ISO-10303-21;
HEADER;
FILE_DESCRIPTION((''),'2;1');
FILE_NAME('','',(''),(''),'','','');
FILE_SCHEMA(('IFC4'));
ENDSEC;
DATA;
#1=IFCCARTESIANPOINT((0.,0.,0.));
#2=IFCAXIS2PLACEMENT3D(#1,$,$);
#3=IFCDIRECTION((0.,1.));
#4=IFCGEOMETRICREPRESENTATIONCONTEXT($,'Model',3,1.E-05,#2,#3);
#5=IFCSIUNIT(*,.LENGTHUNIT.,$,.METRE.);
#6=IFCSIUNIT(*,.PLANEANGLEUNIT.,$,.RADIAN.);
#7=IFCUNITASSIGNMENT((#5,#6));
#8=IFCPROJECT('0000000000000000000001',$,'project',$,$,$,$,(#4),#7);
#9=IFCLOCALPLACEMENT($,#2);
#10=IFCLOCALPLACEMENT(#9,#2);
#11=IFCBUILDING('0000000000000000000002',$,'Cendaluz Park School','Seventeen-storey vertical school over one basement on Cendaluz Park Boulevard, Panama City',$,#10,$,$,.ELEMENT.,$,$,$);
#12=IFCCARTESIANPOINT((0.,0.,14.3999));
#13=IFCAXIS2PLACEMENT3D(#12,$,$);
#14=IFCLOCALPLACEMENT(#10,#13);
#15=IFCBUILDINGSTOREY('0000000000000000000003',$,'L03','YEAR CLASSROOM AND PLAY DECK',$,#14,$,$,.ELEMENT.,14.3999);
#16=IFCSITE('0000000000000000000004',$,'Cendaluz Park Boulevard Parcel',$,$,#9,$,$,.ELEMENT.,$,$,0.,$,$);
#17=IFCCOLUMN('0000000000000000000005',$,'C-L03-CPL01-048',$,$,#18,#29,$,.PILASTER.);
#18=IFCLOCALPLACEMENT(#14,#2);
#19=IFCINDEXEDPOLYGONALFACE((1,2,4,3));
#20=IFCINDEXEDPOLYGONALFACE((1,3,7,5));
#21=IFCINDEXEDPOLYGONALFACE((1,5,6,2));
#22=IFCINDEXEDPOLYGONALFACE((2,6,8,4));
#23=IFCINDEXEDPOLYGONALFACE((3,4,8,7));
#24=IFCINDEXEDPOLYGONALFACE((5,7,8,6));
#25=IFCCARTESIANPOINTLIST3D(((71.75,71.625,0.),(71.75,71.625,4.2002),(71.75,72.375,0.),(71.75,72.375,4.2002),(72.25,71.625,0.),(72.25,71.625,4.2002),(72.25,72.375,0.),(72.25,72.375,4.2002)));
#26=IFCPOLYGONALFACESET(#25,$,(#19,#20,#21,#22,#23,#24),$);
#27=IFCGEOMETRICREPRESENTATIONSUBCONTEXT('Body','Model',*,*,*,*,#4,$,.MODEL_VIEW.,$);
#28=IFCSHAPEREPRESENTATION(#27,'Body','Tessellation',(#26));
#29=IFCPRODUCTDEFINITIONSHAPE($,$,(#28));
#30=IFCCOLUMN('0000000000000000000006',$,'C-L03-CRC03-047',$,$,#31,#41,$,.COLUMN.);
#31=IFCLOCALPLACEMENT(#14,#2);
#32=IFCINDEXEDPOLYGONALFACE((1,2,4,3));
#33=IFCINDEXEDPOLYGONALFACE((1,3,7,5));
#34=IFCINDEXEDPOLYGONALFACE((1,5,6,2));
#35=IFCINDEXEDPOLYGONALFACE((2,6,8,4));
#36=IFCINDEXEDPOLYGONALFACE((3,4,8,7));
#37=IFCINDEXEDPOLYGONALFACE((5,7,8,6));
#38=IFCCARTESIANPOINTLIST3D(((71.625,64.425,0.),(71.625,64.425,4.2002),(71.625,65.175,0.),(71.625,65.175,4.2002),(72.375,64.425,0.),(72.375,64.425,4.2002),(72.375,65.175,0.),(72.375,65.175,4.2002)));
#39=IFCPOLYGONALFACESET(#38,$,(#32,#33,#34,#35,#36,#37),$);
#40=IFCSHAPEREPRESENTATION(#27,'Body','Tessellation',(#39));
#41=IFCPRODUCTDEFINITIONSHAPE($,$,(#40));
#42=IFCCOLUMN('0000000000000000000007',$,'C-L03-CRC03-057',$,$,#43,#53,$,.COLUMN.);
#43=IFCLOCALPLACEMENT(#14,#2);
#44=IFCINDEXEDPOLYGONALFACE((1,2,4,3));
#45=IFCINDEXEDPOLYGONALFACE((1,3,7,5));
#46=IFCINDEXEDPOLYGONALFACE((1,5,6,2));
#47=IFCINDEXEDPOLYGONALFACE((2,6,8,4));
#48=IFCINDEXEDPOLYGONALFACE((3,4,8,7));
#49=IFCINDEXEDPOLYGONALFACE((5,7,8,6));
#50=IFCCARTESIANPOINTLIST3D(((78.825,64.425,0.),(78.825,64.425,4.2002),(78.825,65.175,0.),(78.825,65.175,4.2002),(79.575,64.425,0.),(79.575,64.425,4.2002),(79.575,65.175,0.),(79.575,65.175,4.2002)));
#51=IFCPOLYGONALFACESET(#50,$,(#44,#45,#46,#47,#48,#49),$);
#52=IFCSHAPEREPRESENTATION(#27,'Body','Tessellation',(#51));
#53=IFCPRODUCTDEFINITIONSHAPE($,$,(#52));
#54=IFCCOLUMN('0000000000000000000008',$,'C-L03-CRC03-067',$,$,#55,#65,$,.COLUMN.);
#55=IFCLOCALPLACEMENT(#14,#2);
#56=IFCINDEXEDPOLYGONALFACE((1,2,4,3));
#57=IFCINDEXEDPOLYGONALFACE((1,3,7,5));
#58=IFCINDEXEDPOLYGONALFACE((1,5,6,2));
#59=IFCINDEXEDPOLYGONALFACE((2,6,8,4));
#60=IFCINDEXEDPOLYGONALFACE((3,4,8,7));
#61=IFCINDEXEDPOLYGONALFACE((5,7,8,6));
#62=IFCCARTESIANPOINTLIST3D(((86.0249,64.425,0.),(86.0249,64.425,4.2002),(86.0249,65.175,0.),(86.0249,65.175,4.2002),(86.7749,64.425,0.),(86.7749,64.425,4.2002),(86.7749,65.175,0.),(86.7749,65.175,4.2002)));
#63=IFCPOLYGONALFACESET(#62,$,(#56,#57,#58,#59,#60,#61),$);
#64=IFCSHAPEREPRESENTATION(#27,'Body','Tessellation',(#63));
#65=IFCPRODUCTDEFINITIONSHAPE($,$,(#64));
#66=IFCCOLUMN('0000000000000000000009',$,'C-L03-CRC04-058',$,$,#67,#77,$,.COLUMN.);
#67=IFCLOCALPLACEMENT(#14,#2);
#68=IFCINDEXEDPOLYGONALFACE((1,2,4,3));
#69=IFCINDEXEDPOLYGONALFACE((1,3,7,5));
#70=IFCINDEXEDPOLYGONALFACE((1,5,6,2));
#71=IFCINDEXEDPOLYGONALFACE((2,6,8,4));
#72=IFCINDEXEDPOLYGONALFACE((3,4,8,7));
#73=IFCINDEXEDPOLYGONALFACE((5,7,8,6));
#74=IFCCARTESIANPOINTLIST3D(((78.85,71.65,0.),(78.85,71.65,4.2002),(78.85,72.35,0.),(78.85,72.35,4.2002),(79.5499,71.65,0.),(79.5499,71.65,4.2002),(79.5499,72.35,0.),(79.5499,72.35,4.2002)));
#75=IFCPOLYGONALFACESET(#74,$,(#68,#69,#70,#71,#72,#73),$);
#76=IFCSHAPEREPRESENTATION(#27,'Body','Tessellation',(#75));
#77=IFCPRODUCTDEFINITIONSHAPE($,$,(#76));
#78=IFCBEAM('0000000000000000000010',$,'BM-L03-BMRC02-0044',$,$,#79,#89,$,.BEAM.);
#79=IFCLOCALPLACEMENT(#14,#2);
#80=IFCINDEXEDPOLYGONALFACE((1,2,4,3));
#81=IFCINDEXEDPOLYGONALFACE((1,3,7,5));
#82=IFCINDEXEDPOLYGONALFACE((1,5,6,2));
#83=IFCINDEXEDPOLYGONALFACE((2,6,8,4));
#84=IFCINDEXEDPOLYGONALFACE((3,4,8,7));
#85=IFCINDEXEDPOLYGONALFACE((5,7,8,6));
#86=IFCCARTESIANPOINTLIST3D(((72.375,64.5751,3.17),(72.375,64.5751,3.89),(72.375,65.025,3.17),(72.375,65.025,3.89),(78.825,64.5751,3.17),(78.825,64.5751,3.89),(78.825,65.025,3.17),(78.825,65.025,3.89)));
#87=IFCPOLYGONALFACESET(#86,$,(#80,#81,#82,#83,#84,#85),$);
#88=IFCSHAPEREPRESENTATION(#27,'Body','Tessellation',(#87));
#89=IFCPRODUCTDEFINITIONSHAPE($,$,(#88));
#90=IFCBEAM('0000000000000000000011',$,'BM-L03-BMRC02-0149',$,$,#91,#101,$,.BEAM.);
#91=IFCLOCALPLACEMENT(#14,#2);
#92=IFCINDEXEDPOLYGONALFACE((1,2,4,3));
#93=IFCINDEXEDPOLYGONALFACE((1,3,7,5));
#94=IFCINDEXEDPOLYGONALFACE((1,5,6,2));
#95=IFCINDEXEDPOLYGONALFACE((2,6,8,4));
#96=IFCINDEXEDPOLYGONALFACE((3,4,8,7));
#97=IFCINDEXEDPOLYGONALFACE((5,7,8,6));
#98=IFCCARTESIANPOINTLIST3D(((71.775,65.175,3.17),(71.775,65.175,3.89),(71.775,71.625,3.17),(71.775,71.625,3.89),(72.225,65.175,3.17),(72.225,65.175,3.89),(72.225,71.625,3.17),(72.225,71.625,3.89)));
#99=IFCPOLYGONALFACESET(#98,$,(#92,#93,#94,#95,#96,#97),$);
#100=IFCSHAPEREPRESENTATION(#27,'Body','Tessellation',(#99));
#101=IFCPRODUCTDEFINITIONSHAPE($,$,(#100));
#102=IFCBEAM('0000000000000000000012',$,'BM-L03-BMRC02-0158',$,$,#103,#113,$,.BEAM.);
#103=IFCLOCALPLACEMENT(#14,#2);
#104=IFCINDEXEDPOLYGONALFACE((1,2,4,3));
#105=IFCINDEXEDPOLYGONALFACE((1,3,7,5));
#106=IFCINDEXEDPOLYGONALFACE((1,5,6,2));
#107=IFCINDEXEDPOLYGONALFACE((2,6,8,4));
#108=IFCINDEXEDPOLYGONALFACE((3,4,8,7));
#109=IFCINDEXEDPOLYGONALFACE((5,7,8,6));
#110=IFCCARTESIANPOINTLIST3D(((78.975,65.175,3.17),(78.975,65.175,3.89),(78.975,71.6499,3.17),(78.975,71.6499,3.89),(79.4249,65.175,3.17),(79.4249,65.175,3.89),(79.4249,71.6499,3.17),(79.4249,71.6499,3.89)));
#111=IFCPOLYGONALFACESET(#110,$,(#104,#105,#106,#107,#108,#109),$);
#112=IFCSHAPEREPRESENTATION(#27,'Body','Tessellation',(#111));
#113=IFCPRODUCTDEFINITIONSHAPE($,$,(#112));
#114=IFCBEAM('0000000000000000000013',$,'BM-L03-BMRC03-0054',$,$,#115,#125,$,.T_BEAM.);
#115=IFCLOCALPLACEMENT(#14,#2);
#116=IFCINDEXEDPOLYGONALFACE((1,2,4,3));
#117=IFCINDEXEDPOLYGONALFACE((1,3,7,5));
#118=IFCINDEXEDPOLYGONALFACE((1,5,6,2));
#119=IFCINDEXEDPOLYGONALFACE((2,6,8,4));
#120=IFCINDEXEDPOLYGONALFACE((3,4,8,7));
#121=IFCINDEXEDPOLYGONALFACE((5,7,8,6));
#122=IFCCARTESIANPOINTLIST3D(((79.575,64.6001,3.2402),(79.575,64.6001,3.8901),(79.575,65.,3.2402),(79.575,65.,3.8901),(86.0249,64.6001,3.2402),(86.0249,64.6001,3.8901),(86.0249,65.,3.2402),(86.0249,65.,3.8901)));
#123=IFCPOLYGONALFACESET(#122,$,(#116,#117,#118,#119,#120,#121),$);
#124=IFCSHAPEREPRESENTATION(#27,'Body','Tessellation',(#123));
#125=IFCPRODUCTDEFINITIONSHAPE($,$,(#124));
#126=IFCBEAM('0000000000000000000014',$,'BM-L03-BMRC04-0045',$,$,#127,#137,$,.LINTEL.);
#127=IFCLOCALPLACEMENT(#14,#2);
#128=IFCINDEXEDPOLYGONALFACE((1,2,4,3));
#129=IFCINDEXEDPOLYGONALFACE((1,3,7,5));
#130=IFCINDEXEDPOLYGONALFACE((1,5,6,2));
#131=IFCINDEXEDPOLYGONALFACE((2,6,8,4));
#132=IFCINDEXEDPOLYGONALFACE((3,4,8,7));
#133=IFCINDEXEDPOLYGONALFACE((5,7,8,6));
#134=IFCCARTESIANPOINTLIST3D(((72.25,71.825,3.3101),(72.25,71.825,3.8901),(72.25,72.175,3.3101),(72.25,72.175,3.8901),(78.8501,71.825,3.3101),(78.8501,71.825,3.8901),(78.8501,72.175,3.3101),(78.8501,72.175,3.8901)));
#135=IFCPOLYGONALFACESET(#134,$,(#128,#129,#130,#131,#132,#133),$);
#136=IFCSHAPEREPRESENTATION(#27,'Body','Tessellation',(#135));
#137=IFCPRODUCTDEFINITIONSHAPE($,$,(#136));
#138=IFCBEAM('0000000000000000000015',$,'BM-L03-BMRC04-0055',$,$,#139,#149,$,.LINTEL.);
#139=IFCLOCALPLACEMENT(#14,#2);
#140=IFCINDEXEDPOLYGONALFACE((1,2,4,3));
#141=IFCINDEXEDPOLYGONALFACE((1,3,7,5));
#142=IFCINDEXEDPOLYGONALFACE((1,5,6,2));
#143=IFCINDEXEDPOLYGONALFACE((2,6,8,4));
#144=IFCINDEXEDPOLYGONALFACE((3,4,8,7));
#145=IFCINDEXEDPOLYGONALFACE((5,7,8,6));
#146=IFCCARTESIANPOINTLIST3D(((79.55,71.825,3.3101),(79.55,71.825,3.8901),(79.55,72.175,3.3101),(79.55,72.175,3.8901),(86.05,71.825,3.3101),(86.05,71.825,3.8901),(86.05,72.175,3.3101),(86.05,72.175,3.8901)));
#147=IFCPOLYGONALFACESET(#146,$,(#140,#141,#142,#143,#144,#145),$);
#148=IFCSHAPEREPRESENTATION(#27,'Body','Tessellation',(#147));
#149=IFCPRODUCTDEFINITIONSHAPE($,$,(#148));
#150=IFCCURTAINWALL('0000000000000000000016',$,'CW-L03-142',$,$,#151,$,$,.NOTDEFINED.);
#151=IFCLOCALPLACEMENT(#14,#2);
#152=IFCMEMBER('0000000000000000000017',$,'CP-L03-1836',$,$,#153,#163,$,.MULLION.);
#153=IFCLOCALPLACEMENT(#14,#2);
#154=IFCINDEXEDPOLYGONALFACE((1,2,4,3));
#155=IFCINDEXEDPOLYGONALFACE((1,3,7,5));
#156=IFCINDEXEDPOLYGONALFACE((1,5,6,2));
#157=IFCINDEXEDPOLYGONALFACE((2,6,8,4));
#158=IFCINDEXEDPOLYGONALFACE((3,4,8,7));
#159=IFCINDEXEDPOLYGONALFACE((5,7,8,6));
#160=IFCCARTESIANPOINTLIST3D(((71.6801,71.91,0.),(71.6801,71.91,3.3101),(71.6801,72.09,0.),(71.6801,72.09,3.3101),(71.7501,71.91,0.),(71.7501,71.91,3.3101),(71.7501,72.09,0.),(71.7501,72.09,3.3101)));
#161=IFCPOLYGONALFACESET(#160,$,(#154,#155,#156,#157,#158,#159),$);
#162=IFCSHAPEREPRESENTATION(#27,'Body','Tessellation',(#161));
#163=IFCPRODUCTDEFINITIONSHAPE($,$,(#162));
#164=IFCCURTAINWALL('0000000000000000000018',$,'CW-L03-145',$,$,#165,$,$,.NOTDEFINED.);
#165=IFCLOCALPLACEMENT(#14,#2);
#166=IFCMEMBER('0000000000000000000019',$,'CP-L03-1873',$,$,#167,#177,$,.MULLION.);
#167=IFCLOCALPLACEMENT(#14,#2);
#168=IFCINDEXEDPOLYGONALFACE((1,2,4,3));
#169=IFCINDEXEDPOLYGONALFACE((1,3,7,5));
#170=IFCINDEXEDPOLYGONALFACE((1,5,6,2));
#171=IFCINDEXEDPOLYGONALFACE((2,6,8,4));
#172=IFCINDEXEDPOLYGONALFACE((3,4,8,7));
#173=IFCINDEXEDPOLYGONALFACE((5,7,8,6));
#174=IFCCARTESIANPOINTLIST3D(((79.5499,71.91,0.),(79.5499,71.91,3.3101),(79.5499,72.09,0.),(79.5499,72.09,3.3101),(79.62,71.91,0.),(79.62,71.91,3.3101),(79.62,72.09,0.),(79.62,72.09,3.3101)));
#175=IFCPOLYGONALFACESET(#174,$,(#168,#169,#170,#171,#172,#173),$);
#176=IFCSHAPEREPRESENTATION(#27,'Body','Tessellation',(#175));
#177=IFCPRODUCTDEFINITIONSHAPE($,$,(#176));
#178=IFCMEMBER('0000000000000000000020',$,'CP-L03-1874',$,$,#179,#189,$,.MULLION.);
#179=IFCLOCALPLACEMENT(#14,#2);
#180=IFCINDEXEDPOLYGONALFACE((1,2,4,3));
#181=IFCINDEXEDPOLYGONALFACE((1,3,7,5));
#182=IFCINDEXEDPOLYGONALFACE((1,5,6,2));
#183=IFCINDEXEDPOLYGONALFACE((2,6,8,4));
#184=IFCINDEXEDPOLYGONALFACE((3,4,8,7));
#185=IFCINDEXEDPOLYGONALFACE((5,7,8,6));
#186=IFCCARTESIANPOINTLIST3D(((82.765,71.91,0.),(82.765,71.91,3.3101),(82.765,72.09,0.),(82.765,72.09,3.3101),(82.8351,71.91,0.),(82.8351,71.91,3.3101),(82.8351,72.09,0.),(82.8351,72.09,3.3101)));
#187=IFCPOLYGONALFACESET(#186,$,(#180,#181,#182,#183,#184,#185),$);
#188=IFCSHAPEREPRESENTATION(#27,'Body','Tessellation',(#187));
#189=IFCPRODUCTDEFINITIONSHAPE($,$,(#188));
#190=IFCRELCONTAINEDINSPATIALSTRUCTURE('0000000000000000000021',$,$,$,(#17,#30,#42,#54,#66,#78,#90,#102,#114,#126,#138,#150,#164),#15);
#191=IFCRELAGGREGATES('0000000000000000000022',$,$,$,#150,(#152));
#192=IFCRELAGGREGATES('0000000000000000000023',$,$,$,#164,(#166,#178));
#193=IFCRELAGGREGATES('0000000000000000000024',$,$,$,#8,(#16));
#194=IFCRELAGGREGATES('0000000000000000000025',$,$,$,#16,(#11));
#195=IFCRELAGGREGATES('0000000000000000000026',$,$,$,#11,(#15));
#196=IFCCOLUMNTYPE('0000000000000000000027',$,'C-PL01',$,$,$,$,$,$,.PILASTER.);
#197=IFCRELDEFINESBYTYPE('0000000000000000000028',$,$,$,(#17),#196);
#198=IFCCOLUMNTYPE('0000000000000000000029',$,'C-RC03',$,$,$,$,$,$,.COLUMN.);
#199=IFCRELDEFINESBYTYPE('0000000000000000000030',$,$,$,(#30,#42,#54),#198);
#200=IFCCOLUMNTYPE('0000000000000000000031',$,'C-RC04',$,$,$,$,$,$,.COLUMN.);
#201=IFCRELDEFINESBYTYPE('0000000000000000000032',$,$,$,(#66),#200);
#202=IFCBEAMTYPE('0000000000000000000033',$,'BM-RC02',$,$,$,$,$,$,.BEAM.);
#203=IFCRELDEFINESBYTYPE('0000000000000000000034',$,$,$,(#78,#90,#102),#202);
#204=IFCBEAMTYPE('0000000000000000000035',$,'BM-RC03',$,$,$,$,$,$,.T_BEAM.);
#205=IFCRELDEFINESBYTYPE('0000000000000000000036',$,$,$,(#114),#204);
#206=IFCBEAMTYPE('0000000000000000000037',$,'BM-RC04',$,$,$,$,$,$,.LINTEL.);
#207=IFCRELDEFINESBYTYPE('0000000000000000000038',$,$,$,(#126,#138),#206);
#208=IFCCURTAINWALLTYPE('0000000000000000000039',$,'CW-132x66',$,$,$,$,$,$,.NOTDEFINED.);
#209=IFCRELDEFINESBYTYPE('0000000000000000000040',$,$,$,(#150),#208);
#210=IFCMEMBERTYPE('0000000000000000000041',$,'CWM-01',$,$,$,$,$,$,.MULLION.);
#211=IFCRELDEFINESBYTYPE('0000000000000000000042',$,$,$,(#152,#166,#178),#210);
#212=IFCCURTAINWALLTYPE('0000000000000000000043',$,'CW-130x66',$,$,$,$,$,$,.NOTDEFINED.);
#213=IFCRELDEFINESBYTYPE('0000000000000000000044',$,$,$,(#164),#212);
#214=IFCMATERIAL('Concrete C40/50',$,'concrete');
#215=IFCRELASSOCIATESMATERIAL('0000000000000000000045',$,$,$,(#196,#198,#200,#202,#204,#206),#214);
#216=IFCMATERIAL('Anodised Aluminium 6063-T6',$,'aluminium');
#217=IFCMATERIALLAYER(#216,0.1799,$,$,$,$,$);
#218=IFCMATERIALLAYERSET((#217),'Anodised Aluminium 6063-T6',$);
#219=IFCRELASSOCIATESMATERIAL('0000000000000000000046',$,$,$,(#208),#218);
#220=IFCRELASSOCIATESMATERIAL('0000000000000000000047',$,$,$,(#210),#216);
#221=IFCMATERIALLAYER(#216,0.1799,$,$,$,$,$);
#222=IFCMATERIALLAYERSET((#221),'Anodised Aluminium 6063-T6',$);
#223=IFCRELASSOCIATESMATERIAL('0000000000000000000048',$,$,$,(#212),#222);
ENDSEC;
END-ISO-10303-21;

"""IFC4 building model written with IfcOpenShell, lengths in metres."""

from ifc_helpers import new_model, si_unit, direction, frame, origin, origin_2d, place, context, subcontext, project, spatial, rectangle, extrude, material, layer, layer_set, material_profile, profile_set, type_object, element, aggregate, save


model = new_model("IFC4")

# Units and contexts
model_context = context("Model", 3, precision=1e-05, world=origin(), true_north=direction((0.0, 1.0)))
body_context = subcontext(model_context, "Body", "Model", "MODEL_VIEW")
ifc_project = project(units=[si_unit("LENGTHUNIT", "METRE"), si_unit("PLANEANGLEUNIT", "RADIAN")], contexts=[model_context])

# Site, building, storey
site_placement = place(None, origin())
site = spatial("IfcSite", under=ifc_project, at=site_placement, Name="Cendaluz Park Boulevard Parcel", CompositionType="ELEMENT", RefElevation=0.0)
building_placement = place(site_placement, origin())
building = spatial("IfcBuilding", under=site, at=building_placement, Name="Cendaluz Park School", Description="Seventeen-storey vertical school over one basement on Cendaluz Park Boulevard, Panama City", CompositionType="ELEMENT")
storey_placement = place(building_placement, frame((0.0, 0.0, 14.3999)))
storey = spatial("IfcBuildingStorey", under=building, at=storey_placement, Name="L03", Description="YEAR CLASSROOM AND PLAY DECK", CompositionType="ELEMENT", Elevation=14.3999)

# Columns
ifc_material_1 = material(Name="Concrete C40/50", Category="concrete")
ifc_material_profile_1 = material_profile(ifc_material_1, rectangle(XDim=0.5, YDim=0.75, at=origin_2d()), Name="RC 500x750", Category="concrete")
ifc_profile_set_1 = profile_set([ifc_material_profile_1], Name="Concrete C40/50")
column_type_1 = type_object("IfcColumnType", Name="C-PL01", PredefinedType="PILASTER", material=ifc_profile_set_1)
column_1_placement = place(storey_placement, frame((72.0, 72.0, 0.0), z_axis=(0.0, 0.0, 1.0), x_axis=(1.0, 0.0, 0.0)))
element("IfcColumn", 1, at=column_1_placement, inside=storey, type_object=column_type_1, Name="C-L03-CPL01-048", PredefinedType="PILASTER", context=body_context, shape_type="SweptSolid", body=[
    extrude(rectangle(XDim=0.5, YDim=0.75, at=origin_2d()), origin(), (0.0, 0.0, 1.0), 4.2002),
])
ifc_material_profile_2 = material_profile(ifc_material_1, rectangle(XDim=0.75, YDim=0.75, at=origin_2d()), Name="RC 750x750", Category="concrete")
ifc_profile_set_2 = profile_set([ifc_material_profile_2], Name="Concrete C40/50")
column_type_2 = type_object("IfcColumnType", Name="C-RC03", PredefinedType="COLUMN", material=ifc_profile_set_2)
for number, where, z_axis, x_axis, name in (
    (2, (72.0, 64.8, 0.0), (0.0, 0.0, 1.0), (1.0, 0.0, 0.0), "C-L03-CRC03-047"),
    (3, (79.2, 64.8, 0.0), (0.0, 0.0, 1.0), (1.0, 0.0, 0.0), "C-L03-CRC03-057"),
    (4, (86.3999, 64.8, 0.0), (0.0, 0.0, 1.0), (1.0, 0.0, 0.0), "C-L03-CRC03-067"),
):
    element("IfcColumn", number, at=place(storey_placement, frame(where, z_axis=z_axis, x_axis=x_axis)), inside=storey, type_object=column_type_2, Name=name, PredefinedType="COLUMN", context=body_context, shape_type="SweptSolid", body=[
        extrude(rectangle(XDim=0.75, YDim=0.75, at=origin_2d()), origin(), (0.0, 0.0, 1.0), 4.2002),
    ])
ifc_material_profile_3 = material_profile(ifc_material_1, rectangle(XDim=0.7, YDim=0.7, at=origin_2d()), Name="RC 700x700", Category="concrete")
ifc_profile_set_3 = profile_set([ifc_material_profile_3], Name="Concrete C40/50")
column_type_3 = type_object("IfcColumnType", Name="C-RC04", PredefinedType="COLUMN", material=ifc_profile_set_3)
column_2_placement = place(storey_placement, frame((79.2, 72.0, 0.0), z_axis=(0.0, 0.0, 1.0), x_axis=(1.0, 0.0, 0.0)))
element("IfcColumn", 5, at=column_2_placement, inside=storey, type_object=column_type_3, Name="C-L03-CRC04-058", PredefinedType="COLUMN", context=body_context, shape_type="SweptSolid", body=[
    extrude(rectangle(XDim=0.7, YDim=0.7, at=origin_2d()), origin(), (0.0, 0.0, 1.0), 4.2002),
])

# Beams
ifc_material_profile_4 = material_profile(ifc_material_1, rectangle(XDim=0.45, YDim=0.72, at=origin_2d()), Name="RC 450x720", Category="concrete")
ifc_profile_set_4 = profile_set([ifc_material_profile_4], Name="Concrete C40/50")
beam_type_1 = type_object("IfcBeamType", Name="BM-RC02", PredefinedType="BEAM", material=ifc_profile_set_4)
for number, where, z_axis, x_axis, name in (
    (6, (72.375, 64.8, 3.53), (1.0, 0.0, 0.0), (0.0, 1.0, 0.0), "BM-L03-BMRC02-0044"),
    (7, (72.0, 65.175, 3.53), (0.0, 1.0, 0.0), (-1.0, 0.0, 0.0), "BM-L03-BMRC02-0149"),
):
    element("IfcBeam", number, at=place(storey_placement, frame(where, z_axis=z_axis, x_axis=x_axis)), inside=storey, type_object=beam_type_1, Name=name, PredefinedType="BEAM", context=body_context, shape_type="SweptSolid", body=[
        extrude(rectangle(XDim=0.45, YDim=0.72, at=origin_2d()), origin(), (0.0, 0.0, 1.0), 6.45),
    ])
beam_1_placement = place(storey_placement, frame((79.2, 65.175, 3.53), z_axis=(0.0, 1.0, 0.0), x_axis=(-1.0, 0.0, 0.0)))
element("IfcBeam", 8, at=beam_1_placement, inside=storey, type_object=beam_type_1, Name="BM-L03-BMRC02-0158", PredefinedType="BEAM", context=body_context, shape_type="SweptSolid", body=[
    extrude(rectangle(XDim=0.45, YDim=0.72, at=origin_2d()), origin(), (0.0, 0.0, 1.0), 6.4749),
])
ifc_material_profile_5 = material_profile(ifc_material_1, rectangle(XDim=0.3999, YDim=0.6499, at=origin_2d()), Name="RC 400x650", Category="concrete")
ifc_profile_set_5 = profile_set([ifc_material_profile_5], Name="Concrete C40/50")
beam_type_2 = type_object("IfcBeamType", Name="BM-RC03", PredefinedType="T_BEAM", material=ifc_profile_set_5)
beam_2_placement = place(storey_placement, frame((79.575, 64.8, 3.5652), z_axis=(1.0, 0.0, 0.0), x_axis=(0.0, 1.0, 0.0)))
element("IfcBeam", 9, at=beam_2_placement, inside=storey, type_object=beam_type_2, Name="BM-L03-BMRC03-0054", PredefinedType="T_BEAM", context=body_context, shape_type="SweptSolid", body=[
    extrude(rectangle(XDim=0.3999, YDim=0.6499, at=origin_2d()), origin(), (0.0, 0.0, 1.0), 6.45),
])
ifc_material_profile_6 = material_profile(ifc_material_1, rectangle(XDim=0.3501, YDim=0.5801, at=origin_2d()), Name="RC 350x580", Category="concrete")
ifc_profile_set_6 = profile_set([ifc_material_profile_6], Name="Concrete C40/50")
beam_type_3 = type_object("IfcBeamType", Name="BM-RC04", PredefinedType="LINTEL", material=ifc_profile_set_6)
beam_3_placement = place(storey_placement, frame((72.25, 72.0, 3.6001), z_axis=(1.0, 0.0, 0.0), x_axis=(0.0, 1.0, 0.0)))
element("IfcBeam", 10, at=beam_3_placement, inside=storey, type_object=beam_type_3, Name="BM-L03-BMRC04-0045", PredefinedType="LINTEL", context=body_context, shape_type="SweptSolid", body=[
    extrude(rectangle(XDim=0.3501, YDim=0.5801, at=origin_2d()), origin(), (0.0, 0.0, 1.0), 6.6001),
])
beam_4_placement = place(storey_placement, frame((79.55, 72.0, 3.6001), z_axis=(1.0, 0.0, 0.0), x_axis=(0.0, 1.0, 0.0)))
element("IfcBeam", 11, at=beam_4_placement, inside=storey, type_object=beam_type_3, Name="BM-L03-BMRC04-0055", PredefinedType="LINTEL", context=body_context, shape_type="SweptSolid", body=[
    extrude(rectangle(XDim=0.3501, YDim=0.5801, at=origin_2d()), origin(), (0.0, 0.0, 1.0), 6.5),
])

# Curtain wall, member
ifc_material_2 = material(Name="Anodised Aluminium 6063-T6", Category="aluminium")
ifc_layer_1 = layer(ifc_material_2, 0.1799)
ifc_layer_set_1 = layer_set([ifc_layer_1], Name="Anodised Aluminium 6063-T6")
curtain_wall_type_1 = type_object("IfcCurtainWallType", Name="CW-132x66", PredefinedType="NOTDEFINED", material=ifc_layer_set_1)
curtain_wall_1_placement = place(storey_placement, origin())
curtain_wall_1 = element("IfcCurtainWall", 12, at=curtain_wall_1_placement, inside=storey, type_object=curtain_wall_type_1, Name="CW-L03-142", PredefinedType="NOTDEFINED")
ifc_material_profile_7 = material_profile(ifc_material_2, rectangle(XDim=0.1799, YDim=0.0701, at=origin_2d()), Name="CWM 180x70", Category="aluminium")
ifc_profile_set_7 = profile_set([ifc_material_profile_7], Name="Anodised Aluminium 6063-T6")
member_type_1 = type_object("IfcMemberType", Name="CWM-01", PredefinedType="MULLION", material=ifc_profile_set_7)
member_1_placement = place(storey_placement, frame((71.7151, 72.0, 0.0), z_axis=(0.0, 0.0, 1.0), x_axis=(0.0, 1.0, 0.0)))
member_1 = element("IfcMember", 13, at=member_1_placement, type_object=member_type_1, Name="CP-L03-1836", PredefinedType="MULLION", context=body_context, shape_type="SweptSolid", body=[
    extrude(rectangle(XDim=0.1799, YDim=0.0701, at=origin_2d()), origin(), (0.0, 0.0, 1.0), 3.3101),
])

# Curtain wall, members
ifc_layer_2 = layer(ifc_material_2, 0.1799)
ifc_layer_set_2 = layer_set([ifc_layer_2], Name="Anodised Aluminium 6063-T6")
curtain_wall_type_2 = type_object("IfcCurtainWallType", Name="CW-130x66", PredefinedType="NOTDEFINED", material=ifc_layer_set_2)
curtain_wall_2_placement = place(storey_placement, origin())
curtain_wall_2 = element("IfcCurtainWall", 14, at=curtain_wall_2_placement, inside=storey, type_object=curtain_wall_type_2, Name="CW-L03-145", PredefinedType="NOTDEFINED")
member_2_placement = place(storey_placement, frame((79.585, 72.0, 0.0), z_axis=(0.0, 0.0, 1.0), x_axis=(0.0, 1.0, 0.0)))
member_2 = element("IfcMember", 15, at=member_2_placement, type_object=member_type_1, Name="CP-L03-1873", PredefinedType="MULLION", context=body_context, shape_type="SweptSolid", body=[
    extrude(rectangle(XDim=0.1799, YDim=0.0701, at=origin_2d()), origin(), (0.0, 0.0, 1.0), 3.3101),
])
member_3_placement = place(storey_placement, frame((82.8, 72.0, 0.0), z_axis=(0.0, 0.0, 1.0), x_axis=(0.0, 1.0, 0.0)))
member_3 = element("IfcMember", 16, at=member_3_placement, type_object=member_type_1, Name="CP-L03-1874", PredefinedType="MULLION", context=body_context, shape_type="SweptSolid", body=[
    extrude(rectangle(XDim=0.1799, YDim=0.0701, at=origin_2d()), origin(), (0.0, 0.0, 1.0), 3.3101),
])

aggregate(curtain_wall_1, [member_1])
aggregate(curtain_wall_2, [member_2, member_3])

save(model, "model.ifc")
